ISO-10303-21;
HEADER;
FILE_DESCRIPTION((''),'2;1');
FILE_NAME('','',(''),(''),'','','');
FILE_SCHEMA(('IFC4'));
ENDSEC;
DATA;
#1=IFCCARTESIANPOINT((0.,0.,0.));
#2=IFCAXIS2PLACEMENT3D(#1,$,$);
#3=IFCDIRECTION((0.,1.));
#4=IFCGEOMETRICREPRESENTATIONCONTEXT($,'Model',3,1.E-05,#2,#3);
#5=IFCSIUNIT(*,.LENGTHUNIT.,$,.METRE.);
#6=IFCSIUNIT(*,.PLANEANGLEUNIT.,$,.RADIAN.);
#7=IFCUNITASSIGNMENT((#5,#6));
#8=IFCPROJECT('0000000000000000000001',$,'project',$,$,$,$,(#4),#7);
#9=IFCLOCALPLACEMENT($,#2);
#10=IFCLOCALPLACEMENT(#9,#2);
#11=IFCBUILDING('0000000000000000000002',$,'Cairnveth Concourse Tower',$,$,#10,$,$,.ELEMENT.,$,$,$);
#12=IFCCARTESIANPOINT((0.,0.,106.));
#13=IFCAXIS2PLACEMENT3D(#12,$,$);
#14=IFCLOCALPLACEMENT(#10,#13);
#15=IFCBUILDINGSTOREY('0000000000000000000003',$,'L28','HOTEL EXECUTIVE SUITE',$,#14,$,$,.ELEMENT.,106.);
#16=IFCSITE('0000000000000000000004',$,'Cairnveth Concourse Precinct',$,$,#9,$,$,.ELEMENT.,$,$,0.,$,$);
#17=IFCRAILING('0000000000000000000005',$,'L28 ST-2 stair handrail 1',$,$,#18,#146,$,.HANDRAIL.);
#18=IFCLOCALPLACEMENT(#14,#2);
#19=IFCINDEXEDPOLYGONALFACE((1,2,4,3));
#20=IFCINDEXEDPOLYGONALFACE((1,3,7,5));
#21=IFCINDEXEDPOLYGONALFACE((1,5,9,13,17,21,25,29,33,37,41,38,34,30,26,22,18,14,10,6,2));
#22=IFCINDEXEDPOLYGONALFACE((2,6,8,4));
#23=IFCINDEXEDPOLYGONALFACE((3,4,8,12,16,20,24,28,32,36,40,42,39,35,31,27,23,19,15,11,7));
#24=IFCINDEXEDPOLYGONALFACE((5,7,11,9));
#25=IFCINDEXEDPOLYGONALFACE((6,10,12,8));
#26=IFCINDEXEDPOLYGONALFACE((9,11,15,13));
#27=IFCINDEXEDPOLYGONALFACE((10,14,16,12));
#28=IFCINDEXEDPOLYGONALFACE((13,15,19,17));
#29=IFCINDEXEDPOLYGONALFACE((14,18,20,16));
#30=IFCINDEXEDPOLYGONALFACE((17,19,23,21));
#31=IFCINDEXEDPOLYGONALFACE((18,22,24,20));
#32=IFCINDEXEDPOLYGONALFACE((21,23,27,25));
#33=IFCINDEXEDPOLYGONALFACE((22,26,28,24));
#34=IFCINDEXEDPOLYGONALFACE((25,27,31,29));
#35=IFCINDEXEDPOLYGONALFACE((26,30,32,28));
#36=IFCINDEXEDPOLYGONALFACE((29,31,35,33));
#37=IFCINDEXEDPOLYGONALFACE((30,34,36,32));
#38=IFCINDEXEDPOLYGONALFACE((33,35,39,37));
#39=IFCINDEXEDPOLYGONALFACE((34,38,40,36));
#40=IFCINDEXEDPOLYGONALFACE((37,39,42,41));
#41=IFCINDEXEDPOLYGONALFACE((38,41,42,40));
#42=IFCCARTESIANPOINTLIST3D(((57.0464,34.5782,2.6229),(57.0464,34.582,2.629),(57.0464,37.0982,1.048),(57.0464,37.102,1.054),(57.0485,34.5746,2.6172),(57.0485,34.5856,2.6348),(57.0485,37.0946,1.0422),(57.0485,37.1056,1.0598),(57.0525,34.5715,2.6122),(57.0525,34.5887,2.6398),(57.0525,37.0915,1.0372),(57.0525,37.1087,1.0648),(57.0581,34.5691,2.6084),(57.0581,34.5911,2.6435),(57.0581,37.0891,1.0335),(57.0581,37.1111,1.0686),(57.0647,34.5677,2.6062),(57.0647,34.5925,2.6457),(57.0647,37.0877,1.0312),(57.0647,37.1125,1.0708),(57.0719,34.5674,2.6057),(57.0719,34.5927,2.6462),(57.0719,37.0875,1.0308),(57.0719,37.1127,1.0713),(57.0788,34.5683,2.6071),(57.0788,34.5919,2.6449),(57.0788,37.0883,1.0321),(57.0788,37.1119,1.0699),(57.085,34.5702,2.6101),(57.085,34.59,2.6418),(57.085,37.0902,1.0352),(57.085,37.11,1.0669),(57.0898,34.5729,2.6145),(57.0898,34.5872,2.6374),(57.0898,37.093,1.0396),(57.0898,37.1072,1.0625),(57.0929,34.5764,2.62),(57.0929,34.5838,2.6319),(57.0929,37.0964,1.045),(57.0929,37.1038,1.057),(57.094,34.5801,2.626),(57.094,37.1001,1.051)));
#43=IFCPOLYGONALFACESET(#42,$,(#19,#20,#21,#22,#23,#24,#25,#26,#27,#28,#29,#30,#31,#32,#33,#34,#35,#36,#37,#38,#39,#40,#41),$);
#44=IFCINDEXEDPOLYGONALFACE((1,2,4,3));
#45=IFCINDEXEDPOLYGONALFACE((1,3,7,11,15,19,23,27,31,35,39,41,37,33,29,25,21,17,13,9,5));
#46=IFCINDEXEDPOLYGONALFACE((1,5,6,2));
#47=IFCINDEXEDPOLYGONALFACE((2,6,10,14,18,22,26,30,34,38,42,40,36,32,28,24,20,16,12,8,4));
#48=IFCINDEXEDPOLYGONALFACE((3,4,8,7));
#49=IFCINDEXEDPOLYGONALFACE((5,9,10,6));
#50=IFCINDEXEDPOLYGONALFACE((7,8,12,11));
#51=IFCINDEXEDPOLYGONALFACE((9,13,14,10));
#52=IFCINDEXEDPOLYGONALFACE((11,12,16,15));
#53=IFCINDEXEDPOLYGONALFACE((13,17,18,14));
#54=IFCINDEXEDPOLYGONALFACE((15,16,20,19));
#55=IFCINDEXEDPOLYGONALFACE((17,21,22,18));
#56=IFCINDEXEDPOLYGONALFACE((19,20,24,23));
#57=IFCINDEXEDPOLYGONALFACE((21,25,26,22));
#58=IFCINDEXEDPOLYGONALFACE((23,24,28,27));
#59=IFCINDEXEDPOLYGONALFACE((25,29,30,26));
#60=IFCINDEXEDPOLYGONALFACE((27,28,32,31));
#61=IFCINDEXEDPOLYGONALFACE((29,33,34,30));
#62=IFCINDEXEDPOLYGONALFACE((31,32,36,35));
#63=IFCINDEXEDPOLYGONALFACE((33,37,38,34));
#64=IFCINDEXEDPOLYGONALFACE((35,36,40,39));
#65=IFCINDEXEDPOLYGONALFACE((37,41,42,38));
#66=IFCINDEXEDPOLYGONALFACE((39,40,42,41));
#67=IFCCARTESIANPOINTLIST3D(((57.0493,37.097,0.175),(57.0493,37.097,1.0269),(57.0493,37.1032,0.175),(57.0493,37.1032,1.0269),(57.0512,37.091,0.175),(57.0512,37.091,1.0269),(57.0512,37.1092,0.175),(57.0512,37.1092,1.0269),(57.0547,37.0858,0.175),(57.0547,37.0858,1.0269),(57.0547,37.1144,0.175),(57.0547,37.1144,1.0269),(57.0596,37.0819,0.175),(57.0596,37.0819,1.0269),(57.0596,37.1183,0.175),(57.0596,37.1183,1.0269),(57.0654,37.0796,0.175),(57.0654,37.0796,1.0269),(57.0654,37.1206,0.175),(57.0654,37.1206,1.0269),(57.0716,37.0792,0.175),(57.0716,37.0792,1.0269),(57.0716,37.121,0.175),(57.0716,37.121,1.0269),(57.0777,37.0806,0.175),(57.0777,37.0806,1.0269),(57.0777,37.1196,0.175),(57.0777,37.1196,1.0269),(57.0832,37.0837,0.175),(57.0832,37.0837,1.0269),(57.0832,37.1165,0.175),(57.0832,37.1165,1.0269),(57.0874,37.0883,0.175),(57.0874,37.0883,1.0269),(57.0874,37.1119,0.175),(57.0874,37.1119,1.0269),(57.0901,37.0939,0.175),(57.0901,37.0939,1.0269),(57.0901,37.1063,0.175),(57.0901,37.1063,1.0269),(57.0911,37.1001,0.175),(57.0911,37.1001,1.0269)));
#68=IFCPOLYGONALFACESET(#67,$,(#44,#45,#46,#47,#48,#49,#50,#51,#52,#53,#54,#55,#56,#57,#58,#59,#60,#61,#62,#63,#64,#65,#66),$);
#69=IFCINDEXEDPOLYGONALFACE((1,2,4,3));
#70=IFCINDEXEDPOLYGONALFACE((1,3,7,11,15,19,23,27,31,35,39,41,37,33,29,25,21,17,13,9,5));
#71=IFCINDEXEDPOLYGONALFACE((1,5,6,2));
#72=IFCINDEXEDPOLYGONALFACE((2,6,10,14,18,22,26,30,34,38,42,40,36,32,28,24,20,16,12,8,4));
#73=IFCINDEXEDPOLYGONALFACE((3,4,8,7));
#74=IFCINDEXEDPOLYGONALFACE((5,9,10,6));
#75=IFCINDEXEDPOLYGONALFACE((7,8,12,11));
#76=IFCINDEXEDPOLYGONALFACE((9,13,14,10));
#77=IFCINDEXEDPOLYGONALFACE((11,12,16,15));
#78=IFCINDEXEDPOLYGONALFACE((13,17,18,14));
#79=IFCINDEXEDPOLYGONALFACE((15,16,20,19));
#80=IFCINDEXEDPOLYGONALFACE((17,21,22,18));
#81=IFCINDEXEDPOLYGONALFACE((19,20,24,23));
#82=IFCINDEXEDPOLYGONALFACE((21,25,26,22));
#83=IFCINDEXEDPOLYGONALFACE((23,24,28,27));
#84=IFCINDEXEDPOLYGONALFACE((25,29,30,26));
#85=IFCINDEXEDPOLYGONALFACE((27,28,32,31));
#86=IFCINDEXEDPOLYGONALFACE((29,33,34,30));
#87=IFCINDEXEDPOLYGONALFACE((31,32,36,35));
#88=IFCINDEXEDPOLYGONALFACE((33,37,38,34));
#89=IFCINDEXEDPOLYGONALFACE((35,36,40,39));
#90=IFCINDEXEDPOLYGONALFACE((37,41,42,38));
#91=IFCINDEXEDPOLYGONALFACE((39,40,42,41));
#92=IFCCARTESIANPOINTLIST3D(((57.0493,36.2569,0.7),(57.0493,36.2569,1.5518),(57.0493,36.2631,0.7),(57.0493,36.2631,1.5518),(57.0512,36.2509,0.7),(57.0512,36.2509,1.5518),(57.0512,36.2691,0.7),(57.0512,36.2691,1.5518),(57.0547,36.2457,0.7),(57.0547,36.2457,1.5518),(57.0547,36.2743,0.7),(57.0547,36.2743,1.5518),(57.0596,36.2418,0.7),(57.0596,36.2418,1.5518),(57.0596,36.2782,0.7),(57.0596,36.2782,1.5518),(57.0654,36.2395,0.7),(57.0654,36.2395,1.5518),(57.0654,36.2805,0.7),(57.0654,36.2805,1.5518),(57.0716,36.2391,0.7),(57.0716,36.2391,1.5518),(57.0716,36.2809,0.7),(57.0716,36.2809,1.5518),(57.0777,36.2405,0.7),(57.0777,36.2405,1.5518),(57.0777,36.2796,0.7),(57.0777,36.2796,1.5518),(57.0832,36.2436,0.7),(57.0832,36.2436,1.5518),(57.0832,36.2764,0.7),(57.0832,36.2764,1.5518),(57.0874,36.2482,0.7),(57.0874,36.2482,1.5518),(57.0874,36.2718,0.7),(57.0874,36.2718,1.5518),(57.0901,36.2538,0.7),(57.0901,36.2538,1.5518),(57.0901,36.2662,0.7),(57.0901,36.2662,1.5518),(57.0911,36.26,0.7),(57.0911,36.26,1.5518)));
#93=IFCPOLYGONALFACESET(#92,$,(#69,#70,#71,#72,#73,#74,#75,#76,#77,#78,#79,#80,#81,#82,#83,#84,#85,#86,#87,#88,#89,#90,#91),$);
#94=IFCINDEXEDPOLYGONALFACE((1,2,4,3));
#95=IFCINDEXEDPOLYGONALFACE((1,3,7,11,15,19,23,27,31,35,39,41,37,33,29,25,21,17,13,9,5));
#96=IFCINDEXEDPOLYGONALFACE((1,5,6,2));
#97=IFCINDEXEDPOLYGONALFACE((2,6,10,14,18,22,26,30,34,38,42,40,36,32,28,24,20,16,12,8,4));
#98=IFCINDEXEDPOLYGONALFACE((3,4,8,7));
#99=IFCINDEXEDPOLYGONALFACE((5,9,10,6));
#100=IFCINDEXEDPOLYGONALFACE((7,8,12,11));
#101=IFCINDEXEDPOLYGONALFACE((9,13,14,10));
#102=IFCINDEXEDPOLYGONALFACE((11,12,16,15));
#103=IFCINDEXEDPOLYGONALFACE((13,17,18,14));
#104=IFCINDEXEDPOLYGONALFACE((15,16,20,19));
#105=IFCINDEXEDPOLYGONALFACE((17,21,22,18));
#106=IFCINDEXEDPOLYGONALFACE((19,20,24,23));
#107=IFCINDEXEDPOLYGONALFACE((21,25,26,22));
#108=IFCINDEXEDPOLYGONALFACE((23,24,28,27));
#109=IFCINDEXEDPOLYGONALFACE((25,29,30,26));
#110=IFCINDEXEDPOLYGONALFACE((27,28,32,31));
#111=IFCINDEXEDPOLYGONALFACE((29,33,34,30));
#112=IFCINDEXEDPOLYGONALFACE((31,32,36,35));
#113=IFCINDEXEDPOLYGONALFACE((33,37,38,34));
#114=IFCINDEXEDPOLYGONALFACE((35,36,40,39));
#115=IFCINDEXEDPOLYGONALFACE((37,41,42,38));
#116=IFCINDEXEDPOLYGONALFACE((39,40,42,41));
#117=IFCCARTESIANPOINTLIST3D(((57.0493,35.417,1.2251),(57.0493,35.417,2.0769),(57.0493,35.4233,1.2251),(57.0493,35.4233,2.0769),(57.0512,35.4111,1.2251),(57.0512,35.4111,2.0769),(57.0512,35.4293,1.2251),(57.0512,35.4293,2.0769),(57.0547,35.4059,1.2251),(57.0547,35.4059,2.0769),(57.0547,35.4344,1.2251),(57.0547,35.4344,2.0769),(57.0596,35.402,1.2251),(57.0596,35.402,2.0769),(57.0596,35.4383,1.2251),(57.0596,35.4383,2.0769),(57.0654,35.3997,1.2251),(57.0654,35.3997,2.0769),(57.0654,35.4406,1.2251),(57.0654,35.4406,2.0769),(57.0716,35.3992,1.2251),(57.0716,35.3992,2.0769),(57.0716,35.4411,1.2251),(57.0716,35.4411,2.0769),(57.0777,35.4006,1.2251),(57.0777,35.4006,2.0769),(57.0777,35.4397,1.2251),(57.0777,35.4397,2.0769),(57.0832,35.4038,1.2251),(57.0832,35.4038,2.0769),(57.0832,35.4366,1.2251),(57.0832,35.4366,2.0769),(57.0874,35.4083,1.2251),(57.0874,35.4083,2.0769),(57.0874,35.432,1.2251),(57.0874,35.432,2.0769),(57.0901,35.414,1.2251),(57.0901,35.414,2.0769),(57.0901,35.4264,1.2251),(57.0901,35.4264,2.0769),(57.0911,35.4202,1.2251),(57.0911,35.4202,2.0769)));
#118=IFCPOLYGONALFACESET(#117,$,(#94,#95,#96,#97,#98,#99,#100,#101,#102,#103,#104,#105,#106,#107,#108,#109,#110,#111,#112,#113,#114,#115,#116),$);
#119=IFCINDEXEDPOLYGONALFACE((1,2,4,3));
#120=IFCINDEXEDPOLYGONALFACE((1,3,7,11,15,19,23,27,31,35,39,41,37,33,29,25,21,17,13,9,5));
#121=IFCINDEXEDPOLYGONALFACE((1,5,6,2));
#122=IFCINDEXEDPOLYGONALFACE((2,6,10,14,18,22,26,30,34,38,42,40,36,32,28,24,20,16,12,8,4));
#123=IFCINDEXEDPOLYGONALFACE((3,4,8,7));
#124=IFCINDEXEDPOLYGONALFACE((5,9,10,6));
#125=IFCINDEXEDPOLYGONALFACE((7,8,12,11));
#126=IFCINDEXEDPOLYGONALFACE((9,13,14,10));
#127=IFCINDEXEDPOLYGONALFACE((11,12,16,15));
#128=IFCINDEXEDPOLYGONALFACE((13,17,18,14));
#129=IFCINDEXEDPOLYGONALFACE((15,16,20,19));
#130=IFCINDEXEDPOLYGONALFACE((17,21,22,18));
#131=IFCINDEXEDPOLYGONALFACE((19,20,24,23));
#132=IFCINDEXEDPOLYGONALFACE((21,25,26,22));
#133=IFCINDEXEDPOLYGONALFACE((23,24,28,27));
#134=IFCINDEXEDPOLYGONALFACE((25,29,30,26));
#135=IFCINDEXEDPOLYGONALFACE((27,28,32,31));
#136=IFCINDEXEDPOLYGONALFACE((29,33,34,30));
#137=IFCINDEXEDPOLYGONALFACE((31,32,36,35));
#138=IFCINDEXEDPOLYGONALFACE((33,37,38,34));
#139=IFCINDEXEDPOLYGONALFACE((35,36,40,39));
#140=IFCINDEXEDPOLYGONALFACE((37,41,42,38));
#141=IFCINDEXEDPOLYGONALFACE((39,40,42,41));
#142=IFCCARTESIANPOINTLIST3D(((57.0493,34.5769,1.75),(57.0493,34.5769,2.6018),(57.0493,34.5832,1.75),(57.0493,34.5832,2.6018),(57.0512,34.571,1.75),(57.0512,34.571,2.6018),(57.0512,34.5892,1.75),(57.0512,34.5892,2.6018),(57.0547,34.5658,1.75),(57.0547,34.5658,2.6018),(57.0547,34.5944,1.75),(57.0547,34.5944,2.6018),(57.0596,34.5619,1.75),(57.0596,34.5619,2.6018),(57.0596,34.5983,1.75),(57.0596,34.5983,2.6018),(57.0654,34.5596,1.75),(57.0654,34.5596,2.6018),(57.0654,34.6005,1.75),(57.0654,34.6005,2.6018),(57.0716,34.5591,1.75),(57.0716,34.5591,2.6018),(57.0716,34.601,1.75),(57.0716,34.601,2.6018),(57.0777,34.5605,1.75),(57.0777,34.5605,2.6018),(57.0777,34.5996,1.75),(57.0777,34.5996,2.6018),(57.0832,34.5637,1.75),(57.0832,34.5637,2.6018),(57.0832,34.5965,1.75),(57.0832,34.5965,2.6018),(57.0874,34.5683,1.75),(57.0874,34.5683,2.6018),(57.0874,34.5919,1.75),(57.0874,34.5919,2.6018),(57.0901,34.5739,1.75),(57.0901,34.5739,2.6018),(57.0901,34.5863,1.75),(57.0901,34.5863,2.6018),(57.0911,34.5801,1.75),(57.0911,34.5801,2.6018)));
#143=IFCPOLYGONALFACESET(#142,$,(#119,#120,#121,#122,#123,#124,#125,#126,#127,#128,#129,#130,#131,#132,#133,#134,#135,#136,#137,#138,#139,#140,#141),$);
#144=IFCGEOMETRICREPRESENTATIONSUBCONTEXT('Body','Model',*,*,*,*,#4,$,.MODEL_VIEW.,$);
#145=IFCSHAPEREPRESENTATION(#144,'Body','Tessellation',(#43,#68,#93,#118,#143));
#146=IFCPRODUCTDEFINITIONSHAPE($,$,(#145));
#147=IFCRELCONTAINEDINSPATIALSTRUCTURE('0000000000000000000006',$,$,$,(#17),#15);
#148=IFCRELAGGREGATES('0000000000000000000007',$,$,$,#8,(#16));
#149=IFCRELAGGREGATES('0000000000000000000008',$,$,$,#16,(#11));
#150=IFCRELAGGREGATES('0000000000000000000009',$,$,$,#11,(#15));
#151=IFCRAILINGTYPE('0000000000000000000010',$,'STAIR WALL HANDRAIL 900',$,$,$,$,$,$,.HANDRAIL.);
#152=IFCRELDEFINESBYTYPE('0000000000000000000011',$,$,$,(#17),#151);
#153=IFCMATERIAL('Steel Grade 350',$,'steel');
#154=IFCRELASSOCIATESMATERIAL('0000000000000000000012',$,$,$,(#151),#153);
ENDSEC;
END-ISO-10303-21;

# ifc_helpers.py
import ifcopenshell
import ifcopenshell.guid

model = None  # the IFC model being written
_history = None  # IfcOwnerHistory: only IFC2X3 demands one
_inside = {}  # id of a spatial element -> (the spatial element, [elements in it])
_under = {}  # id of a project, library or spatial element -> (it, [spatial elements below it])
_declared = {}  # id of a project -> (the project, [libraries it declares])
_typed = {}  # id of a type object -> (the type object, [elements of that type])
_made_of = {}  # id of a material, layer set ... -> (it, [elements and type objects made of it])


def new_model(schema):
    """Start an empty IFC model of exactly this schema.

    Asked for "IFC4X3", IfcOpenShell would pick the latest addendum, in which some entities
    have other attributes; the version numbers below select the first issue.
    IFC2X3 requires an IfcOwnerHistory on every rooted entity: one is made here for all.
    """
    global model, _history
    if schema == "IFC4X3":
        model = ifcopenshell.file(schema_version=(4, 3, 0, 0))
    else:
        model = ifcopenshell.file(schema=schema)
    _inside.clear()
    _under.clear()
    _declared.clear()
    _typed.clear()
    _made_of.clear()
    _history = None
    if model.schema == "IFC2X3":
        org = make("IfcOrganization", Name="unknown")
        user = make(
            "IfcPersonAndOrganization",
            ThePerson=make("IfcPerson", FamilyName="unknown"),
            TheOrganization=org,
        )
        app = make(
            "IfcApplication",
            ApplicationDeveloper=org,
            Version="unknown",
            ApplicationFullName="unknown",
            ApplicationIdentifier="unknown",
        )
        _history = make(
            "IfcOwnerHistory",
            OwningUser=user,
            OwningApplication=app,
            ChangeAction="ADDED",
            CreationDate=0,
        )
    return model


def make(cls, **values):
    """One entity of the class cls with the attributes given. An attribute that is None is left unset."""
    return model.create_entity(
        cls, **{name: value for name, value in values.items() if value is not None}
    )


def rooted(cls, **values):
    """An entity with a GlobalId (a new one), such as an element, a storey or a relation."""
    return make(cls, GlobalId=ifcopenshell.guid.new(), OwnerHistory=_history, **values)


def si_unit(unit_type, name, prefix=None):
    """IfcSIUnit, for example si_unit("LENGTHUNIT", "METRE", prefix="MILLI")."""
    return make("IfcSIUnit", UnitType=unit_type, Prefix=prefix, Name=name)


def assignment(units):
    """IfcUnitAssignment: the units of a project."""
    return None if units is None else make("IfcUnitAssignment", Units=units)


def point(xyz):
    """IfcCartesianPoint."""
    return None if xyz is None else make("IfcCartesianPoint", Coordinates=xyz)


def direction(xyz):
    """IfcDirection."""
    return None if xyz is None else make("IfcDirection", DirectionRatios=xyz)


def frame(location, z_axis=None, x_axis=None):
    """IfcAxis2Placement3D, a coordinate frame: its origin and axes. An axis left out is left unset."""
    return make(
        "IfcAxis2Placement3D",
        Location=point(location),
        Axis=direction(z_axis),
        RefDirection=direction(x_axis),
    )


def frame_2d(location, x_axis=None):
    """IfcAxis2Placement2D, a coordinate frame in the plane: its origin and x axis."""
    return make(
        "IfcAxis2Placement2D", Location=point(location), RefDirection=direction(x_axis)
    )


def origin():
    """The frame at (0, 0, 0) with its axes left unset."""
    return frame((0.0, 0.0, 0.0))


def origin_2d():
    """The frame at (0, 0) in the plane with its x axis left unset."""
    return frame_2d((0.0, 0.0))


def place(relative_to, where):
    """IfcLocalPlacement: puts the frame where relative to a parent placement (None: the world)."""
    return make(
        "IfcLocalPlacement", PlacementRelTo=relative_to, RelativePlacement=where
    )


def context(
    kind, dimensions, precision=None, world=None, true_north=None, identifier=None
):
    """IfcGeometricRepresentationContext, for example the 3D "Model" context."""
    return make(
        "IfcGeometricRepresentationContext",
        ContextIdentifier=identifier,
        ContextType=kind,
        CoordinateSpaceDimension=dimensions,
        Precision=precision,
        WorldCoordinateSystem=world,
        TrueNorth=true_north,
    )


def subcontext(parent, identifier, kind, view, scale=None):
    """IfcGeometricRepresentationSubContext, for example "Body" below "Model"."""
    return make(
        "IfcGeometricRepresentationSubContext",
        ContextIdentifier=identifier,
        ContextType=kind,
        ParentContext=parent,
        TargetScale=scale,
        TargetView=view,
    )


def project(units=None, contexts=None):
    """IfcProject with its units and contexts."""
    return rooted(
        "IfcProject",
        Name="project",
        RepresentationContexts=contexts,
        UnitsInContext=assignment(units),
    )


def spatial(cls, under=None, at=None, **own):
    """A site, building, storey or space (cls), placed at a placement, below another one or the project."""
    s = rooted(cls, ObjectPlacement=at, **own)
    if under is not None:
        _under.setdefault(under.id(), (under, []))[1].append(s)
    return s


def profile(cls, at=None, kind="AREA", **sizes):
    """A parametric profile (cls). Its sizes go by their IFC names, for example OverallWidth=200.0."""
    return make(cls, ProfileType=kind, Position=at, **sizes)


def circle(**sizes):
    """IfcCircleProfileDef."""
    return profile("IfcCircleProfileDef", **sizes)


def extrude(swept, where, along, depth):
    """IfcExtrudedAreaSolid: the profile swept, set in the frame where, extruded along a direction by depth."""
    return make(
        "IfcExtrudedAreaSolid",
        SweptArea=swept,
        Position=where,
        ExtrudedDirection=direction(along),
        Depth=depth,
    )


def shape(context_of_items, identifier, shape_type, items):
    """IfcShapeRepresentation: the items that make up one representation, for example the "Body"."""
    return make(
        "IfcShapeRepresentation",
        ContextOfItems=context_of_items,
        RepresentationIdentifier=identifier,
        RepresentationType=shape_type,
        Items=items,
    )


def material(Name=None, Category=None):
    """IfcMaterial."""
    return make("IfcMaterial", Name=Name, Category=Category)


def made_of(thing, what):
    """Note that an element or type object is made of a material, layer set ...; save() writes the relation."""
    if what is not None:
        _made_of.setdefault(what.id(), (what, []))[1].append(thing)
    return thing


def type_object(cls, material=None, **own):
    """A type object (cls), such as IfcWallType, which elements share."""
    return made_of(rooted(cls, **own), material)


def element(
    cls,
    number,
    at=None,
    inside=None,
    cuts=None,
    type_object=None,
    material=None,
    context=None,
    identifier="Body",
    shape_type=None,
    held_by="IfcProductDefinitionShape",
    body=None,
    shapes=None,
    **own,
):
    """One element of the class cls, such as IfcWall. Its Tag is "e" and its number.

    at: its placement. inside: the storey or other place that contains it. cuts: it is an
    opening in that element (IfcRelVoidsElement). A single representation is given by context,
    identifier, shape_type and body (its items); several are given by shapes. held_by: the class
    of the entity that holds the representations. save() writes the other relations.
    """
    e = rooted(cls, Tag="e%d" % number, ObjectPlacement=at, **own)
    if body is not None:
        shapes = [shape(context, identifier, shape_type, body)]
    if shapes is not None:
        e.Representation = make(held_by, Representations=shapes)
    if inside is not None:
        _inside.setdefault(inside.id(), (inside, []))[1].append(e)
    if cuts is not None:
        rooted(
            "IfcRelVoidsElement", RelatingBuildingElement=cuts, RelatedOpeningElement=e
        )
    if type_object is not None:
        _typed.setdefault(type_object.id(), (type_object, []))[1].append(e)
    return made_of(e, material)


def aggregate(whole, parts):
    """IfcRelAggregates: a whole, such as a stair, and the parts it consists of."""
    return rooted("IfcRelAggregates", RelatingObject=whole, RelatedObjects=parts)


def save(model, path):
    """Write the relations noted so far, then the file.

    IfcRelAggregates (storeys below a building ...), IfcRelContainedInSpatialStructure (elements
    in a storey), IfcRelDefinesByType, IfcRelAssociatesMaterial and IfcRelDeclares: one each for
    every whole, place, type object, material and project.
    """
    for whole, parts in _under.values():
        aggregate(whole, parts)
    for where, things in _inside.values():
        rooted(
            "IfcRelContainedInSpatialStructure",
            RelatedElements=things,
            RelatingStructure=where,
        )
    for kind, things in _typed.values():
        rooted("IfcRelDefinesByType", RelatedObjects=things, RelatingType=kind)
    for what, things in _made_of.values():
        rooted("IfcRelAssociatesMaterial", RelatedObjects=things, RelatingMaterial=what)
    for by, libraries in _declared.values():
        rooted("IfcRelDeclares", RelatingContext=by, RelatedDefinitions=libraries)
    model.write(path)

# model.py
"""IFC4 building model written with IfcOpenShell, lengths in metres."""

from ifc_helpers import new_model, si_unit, direction, frame, origin, origin_2d, place, context, subcontext, project, spatial, circle, extrude, material, type_object, element, save


model = new_model("IFC4")

# Units and contexts
model_context = context("Model", 3, precision=1e-05, world=origin(), true_north=direction((0.0, 1.0)))
body_context = subcontext(model_context, "Body", "Model", "MODEL_VIEW")
ifc_project = project(units=[si_unit("LENGTHUNIT", "METRE"), si_unit("PLANEANGLEUNIT", "RADIAN")], contexts=[model_context])

# Site, building, storey
site_placement = place(None, origin())
site = spatial("IfcSite", under=ifc_project, at=site_placement, Name="Cairnveth Concourse Precinct", CompositionType="ELEMENT", RefElevation=0.0)
building_placement = place(site_placement, origin())
building = spatial("IfcBuilding", under=site, at=building_placement, Name="Cairnveth Concourse Tower", CompositionType="ELEMENT")
storey_placement = place(building_placement, frame((0.0, 0.0, 106.0)))
storey = spatial("IfcBuildingStorey", under=building, at=storey_placement, Name="L28", Description="HOTEL EXECUTIVE SUITE", CompositionType="ELEMENT", Elevation=106.0)

# Shared definitions
ifc_material_1 = material(Name="Steel Grade 350", Category="steel")

# Railing
railing_type_1 = type_object("IfcRailingType", Name="STAIR WALL HANDRAIL 900", PredefinedType="HANDRAIL", material=ifc_material_1)
railing_1_placement = place(storey_placement, frame((57.0701, 37.1001, 0.175)))
element("IfcRailing", 1, at=railing_1_placement, inside=storey, type_object=railing_type_1, Name="L28 ST-2 stair handrail 1", PredefinedType="HANDRAIL", context=body_context, shape_type="SweptSolid", body=[
    extrude(circle(Radius=0.0239, at=origin_2d()), frame((0.0, 0.0, 0.876), z_axis=(0.0, -0.848008, 0.529984), x_axis=(1.0, 0.0, 0.0)), (0.0, 0.0, 1.0), 2.9717),
    extrude(circle(Radius=0.021, at=origin_2d()), origin(), (0.0, 0.0, 1.0), 0.8518),
    extrude(circle(Radius=0.021, at=origin_2d()), frame((0.0, -0.8401, 0.5249)), (0.0, 0.0, 1.0), 0.8518),
    extrude(circle(Radius=0.021, at=origin_2d()), frame((0.0, -1.6799, 1.05)), (0.0, 0.0, 1.0), 0.8518),
    extrude(circle(Radius=0.021, at=origin_2d()), frame((0.0, -2.52, 1.575)), (0.0, 0.0, 1.0), 0.8518),
])

save(model, "model.ifc")
